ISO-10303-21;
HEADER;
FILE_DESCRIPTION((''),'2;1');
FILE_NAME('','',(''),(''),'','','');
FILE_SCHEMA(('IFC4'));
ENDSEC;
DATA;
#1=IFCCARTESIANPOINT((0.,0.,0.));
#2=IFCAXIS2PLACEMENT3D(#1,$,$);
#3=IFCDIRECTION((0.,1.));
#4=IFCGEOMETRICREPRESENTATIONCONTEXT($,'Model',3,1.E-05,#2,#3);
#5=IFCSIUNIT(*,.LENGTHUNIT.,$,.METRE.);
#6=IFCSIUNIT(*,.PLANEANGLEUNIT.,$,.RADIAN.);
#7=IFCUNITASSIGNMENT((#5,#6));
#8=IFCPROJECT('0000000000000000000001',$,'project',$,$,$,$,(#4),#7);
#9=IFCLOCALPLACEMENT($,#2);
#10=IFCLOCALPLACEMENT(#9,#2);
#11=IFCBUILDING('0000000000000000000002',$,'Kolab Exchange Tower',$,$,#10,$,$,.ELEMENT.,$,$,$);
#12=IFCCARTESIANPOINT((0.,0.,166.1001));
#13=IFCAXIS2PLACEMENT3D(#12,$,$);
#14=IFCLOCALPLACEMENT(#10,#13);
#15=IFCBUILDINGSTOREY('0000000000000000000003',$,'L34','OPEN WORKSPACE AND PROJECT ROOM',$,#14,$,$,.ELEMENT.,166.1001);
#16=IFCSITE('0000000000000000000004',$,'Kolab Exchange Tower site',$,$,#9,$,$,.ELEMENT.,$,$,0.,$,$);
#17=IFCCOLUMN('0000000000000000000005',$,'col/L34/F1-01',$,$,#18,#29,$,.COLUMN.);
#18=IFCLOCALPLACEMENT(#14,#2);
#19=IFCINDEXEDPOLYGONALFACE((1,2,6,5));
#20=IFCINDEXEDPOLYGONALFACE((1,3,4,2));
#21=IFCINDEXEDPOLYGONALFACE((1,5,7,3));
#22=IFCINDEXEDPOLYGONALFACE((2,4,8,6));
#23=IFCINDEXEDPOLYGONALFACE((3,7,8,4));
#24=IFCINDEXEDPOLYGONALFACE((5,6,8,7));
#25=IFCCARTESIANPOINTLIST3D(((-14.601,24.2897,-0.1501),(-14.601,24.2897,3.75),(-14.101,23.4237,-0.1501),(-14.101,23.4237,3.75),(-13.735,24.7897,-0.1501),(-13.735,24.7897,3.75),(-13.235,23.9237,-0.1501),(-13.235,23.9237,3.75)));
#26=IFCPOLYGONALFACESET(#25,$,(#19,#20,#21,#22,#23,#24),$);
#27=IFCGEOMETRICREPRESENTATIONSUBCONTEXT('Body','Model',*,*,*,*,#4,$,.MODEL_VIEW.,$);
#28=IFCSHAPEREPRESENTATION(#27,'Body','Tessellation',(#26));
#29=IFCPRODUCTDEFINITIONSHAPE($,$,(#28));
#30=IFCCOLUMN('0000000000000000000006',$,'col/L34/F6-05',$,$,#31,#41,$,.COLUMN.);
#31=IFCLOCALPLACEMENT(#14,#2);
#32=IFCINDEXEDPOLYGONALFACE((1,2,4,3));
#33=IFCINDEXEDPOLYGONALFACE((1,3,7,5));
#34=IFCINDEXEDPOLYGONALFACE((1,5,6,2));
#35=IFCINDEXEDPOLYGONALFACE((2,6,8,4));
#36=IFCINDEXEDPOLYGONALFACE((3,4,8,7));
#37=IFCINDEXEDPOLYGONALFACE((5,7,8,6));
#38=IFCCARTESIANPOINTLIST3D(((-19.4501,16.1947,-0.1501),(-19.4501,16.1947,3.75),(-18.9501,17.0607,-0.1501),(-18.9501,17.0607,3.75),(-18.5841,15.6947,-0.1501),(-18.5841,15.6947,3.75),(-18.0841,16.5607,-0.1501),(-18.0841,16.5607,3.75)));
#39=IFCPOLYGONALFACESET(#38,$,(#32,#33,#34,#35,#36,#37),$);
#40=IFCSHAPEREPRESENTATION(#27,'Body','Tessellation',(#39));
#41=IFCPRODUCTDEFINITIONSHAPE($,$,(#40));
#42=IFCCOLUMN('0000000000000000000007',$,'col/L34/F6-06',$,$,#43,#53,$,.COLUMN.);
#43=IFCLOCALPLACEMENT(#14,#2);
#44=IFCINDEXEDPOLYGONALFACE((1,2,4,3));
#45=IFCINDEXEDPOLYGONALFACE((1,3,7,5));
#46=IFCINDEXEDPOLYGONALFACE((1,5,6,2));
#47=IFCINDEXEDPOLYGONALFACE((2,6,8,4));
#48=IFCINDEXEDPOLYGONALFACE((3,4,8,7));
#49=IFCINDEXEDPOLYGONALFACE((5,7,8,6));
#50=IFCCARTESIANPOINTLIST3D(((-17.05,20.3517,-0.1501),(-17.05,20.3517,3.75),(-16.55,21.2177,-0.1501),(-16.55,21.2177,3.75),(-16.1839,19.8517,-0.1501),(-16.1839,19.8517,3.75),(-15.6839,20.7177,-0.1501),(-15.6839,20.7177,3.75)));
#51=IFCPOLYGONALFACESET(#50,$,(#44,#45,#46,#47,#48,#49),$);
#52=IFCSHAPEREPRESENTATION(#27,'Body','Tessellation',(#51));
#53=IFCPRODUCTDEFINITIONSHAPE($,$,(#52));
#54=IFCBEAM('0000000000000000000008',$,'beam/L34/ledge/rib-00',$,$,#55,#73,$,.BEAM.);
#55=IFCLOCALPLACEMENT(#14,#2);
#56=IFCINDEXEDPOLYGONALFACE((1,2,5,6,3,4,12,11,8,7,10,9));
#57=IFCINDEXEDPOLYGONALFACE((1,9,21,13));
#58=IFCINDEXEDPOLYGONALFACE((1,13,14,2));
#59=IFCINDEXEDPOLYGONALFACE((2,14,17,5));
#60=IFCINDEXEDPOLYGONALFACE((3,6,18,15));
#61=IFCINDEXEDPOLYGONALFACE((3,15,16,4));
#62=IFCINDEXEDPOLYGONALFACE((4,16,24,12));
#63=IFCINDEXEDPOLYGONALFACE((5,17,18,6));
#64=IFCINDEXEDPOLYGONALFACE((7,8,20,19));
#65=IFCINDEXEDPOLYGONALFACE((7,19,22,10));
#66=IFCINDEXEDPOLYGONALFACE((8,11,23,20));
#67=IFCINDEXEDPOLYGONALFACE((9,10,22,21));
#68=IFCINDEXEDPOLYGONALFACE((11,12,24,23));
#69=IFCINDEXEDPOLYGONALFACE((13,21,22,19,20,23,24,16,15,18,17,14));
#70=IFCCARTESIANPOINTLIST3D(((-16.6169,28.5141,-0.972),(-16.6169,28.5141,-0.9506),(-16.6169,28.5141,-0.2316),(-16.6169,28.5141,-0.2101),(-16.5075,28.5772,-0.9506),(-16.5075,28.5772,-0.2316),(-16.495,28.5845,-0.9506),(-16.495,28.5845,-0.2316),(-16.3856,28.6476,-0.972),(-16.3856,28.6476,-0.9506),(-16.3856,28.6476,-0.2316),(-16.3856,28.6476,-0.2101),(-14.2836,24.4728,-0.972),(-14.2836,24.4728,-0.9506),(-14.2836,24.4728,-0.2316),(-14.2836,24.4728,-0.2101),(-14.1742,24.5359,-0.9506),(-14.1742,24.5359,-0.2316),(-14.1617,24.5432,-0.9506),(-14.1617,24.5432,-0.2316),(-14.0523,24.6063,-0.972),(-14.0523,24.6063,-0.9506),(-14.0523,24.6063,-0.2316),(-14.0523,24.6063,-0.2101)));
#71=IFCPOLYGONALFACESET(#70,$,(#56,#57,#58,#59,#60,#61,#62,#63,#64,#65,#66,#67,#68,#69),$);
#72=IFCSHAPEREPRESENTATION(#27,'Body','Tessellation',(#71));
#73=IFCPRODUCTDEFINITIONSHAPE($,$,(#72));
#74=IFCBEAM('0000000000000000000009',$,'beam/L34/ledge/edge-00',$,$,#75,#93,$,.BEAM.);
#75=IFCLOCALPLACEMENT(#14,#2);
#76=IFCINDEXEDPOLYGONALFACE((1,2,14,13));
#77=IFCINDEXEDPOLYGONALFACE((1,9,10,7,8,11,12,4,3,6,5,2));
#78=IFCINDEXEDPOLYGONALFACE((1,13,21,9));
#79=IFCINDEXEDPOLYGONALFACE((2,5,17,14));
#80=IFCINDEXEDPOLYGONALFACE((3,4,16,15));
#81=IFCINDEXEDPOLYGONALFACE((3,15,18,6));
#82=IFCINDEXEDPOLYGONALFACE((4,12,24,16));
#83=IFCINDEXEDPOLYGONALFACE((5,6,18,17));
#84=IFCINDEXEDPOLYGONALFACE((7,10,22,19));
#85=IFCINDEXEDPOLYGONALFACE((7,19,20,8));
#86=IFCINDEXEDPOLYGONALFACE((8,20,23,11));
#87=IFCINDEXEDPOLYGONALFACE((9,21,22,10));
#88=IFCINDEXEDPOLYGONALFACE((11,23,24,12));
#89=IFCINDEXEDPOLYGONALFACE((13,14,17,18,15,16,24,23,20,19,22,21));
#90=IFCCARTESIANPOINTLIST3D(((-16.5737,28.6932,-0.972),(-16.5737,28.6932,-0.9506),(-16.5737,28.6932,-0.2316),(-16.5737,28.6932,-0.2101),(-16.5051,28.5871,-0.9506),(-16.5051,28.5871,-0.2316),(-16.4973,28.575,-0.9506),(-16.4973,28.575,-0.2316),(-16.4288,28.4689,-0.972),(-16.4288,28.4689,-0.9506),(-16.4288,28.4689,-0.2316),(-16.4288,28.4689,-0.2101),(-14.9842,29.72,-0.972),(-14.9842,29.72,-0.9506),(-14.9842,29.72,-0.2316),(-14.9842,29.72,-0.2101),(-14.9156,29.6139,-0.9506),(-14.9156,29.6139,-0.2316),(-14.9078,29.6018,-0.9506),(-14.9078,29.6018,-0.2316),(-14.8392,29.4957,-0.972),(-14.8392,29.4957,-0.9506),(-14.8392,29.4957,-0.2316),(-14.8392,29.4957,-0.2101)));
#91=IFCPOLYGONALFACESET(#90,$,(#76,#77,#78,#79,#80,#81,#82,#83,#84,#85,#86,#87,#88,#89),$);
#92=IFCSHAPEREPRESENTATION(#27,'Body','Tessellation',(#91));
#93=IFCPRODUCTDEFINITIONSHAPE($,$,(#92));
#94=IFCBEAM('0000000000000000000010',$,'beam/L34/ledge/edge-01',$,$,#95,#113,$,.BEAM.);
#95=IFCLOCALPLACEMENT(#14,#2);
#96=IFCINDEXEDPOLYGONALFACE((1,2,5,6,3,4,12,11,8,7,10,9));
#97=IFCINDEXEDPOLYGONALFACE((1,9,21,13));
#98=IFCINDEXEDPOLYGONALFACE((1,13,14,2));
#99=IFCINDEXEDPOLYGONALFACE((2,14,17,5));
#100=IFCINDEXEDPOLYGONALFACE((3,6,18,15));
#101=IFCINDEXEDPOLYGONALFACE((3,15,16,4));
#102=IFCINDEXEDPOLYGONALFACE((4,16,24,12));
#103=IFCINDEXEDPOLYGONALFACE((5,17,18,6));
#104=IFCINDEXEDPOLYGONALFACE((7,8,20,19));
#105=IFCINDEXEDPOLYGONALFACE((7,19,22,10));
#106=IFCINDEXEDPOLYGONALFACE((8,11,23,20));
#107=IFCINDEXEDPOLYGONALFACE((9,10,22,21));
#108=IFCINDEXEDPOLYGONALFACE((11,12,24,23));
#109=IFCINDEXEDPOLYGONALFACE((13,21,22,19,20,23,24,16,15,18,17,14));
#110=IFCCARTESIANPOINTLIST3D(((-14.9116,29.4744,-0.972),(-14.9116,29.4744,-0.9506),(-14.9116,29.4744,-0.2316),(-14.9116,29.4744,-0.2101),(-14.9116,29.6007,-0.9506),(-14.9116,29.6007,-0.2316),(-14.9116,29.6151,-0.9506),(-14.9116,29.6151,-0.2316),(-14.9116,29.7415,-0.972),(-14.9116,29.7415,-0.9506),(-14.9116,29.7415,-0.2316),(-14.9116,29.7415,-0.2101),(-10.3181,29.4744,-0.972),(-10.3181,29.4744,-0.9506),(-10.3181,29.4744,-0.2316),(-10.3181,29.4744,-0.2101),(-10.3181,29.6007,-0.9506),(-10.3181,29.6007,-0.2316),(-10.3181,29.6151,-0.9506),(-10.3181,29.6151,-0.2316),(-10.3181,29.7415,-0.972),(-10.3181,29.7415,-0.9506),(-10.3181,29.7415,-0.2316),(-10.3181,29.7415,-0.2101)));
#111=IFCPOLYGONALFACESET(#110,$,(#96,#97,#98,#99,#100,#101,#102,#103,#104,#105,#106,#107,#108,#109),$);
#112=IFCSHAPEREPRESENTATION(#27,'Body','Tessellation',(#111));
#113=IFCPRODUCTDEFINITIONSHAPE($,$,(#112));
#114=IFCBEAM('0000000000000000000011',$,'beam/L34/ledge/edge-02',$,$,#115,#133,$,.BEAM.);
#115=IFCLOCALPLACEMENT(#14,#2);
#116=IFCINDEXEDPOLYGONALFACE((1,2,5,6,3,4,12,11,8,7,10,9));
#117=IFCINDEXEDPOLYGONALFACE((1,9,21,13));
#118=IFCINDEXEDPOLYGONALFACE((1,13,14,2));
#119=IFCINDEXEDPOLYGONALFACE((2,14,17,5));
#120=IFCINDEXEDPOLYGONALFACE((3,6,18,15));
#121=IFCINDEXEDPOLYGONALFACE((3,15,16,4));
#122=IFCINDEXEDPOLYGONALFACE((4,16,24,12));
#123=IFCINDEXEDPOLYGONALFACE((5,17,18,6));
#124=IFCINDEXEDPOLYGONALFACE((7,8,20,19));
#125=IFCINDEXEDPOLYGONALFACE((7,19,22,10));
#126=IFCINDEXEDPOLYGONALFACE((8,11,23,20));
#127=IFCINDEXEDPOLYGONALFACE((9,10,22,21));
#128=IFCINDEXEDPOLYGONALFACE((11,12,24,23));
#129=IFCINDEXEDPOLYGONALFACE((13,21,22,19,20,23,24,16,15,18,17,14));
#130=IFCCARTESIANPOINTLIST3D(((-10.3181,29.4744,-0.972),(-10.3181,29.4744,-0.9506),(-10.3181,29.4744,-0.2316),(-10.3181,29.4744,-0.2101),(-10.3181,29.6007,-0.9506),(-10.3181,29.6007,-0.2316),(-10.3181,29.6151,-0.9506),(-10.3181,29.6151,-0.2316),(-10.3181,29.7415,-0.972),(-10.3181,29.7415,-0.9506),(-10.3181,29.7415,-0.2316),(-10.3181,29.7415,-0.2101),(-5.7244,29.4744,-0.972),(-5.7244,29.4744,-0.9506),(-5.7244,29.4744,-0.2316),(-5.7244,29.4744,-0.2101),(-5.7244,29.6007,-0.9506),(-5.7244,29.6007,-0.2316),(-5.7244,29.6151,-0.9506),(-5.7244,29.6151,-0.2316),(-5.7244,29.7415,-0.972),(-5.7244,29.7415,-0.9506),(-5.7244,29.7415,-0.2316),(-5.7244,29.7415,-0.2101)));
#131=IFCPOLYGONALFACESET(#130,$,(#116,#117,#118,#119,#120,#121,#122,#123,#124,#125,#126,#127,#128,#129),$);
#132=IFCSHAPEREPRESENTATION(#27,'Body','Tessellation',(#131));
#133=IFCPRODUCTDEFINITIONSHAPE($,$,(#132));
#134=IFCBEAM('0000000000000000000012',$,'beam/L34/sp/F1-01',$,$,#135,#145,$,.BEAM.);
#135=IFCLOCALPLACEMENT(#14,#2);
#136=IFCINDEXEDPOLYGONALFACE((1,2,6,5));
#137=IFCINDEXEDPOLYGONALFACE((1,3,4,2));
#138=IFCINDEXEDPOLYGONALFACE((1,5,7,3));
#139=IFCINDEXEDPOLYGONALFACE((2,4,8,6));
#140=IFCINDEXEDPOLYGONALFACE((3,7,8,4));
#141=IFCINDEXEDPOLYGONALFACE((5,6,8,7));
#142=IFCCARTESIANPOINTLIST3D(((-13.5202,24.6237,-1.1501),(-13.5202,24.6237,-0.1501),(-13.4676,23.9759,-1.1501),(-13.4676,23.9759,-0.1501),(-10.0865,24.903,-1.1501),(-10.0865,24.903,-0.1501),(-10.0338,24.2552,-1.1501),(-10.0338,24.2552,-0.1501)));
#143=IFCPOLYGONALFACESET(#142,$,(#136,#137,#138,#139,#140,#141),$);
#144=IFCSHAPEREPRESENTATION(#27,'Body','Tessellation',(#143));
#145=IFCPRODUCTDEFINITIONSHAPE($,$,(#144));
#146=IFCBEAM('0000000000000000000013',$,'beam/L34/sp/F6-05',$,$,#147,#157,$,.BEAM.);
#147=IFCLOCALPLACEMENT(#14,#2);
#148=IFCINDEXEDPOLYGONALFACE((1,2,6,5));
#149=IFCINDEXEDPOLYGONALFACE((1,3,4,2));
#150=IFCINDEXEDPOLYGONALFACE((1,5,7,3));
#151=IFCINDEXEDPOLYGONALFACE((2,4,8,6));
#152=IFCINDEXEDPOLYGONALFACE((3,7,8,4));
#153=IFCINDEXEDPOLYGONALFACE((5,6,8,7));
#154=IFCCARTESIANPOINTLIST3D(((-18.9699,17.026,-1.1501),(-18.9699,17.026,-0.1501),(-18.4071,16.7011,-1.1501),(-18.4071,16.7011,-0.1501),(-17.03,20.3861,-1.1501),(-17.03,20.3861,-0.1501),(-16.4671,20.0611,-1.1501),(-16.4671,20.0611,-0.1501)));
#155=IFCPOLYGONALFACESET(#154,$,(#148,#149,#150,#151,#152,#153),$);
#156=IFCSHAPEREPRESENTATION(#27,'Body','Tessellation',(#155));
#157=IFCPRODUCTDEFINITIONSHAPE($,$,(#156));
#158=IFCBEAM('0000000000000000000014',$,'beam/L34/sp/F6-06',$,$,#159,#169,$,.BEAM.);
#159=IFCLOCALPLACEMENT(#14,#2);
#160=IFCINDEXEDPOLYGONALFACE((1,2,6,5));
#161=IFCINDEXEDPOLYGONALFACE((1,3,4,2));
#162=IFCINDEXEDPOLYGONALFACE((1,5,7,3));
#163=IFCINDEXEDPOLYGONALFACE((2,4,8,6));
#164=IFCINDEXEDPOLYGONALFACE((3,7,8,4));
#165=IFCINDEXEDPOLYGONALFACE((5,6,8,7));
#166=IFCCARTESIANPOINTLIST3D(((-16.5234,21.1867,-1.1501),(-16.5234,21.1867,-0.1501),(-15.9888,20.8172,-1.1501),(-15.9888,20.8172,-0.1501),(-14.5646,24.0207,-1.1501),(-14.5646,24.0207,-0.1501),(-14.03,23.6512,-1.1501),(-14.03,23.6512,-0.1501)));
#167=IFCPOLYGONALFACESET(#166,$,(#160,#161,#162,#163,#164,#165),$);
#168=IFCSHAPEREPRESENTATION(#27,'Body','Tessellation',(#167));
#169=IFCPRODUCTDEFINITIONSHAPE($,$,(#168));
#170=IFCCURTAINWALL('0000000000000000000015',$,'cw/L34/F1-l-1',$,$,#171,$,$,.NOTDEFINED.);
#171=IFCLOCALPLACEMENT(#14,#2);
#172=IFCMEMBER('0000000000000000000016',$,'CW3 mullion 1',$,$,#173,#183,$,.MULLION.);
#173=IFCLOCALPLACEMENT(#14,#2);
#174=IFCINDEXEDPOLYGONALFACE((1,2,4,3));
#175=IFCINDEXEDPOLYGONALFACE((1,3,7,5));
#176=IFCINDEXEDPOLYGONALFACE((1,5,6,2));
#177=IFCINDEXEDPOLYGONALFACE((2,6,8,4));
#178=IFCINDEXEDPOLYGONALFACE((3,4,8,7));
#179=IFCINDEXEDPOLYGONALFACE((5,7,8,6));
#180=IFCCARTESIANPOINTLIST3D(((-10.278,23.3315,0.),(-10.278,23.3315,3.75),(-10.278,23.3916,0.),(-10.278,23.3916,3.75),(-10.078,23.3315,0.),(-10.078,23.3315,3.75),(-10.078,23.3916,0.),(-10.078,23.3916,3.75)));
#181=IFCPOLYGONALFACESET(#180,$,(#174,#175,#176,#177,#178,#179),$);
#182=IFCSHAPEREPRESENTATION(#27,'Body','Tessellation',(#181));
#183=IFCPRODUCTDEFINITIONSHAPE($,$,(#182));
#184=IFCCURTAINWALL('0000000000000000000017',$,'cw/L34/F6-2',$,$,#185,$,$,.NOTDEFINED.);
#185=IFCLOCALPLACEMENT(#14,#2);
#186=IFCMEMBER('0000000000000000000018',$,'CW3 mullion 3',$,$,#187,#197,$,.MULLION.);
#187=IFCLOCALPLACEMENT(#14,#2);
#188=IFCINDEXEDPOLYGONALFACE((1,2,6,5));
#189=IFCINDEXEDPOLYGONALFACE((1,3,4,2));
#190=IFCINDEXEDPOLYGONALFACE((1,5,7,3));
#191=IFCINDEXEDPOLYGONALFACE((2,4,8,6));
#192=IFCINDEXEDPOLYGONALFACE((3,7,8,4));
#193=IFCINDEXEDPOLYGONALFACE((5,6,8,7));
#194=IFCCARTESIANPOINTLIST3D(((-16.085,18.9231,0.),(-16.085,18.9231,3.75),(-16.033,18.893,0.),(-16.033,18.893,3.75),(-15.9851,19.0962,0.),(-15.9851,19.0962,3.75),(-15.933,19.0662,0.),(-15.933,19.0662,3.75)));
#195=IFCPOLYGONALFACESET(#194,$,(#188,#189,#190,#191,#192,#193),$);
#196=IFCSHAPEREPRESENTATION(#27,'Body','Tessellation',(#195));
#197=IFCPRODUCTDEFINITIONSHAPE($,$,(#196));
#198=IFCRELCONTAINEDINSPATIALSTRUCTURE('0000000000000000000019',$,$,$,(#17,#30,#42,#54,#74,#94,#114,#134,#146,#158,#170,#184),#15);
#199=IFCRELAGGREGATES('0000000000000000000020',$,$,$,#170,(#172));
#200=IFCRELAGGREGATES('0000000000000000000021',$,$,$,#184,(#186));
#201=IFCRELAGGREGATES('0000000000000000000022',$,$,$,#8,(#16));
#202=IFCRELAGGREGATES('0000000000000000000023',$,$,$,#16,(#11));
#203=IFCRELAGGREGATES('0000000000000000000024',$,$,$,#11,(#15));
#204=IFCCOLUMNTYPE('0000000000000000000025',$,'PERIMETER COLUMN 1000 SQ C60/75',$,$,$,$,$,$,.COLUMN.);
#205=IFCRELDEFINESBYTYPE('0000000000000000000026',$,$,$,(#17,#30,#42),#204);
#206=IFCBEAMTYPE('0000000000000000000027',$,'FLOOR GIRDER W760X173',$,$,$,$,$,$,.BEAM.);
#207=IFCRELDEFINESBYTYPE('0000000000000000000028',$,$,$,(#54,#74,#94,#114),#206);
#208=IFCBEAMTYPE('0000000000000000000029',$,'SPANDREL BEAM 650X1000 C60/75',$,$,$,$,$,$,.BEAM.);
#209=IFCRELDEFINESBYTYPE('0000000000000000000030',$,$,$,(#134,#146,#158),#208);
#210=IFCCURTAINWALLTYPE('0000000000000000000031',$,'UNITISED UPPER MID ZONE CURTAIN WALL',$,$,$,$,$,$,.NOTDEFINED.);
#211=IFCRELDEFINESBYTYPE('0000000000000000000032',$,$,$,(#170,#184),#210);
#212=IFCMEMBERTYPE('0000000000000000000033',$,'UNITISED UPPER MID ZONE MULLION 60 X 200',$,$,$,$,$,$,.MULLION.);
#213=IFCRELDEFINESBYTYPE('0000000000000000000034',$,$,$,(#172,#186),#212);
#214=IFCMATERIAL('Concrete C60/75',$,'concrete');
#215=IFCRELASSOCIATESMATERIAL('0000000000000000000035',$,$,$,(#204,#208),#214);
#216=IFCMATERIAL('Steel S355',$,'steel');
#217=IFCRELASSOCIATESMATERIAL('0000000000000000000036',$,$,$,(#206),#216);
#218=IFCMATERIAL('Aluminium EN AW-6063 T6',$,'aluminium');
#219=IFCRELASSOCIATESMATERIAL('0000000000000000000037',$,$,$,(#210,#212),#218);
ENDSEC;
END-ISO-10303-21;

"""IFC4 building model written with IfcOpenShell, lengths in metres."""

from ifc_helpers import new_model, si_unit, direction, frame, origin, origin_2d, place, context, subcontext, project, spatial, rectangle, i_section, extrude, material, material_profile, profile_set, type_object, element, aggregate, save


model = new_model("IFC4")

# Units and contexts
model_context = context("Model", 3, precision=1e-05, world=origin(), true_north=direction((0.0, 1.0)))
body_context = subcontext(model_context, "Body", "Model", "MODEL_VIEW")
ifc_project = project(units=[si_unit("LENGTHUNIT", "METRE"), si_unit("PLANEANGLEUNIT", "RADIAN")], contexts=[model_context])

# Site, building, storey
site_placement = place(None, origin())
site = spatial("IfcSite", under=ifc_project, at=site_placement, Name="Kolab Exchange Tower site", CompositionType="ELEMENT", RefElevation=0.0)
building_placement = place(site_placement, origin())
building = spatial("IfcBuilding", under=site, at=building_placement, Name="Kolab Exchange Tower", CompositionType="ELEMENT")
storey_placement = place(building_placement, frame((0.0, 0.0, 166.1001)))
storey = spatial("IfcBuildingStorey", under=building, at=storey_placement, Name="L34", Description="OPEN WORKSPACE AND PROJECT ROOM", CompositionType="ELEMENT", Elevation=166.1001)

# Columns
ifc_material_1 = material(Name="Concrete C60/75", Category="concrete")
ifc_material_profile_1 = material_profile(ifc_material_1, rectangle(XDim=1.0, YDim=1.0, at=origin_2d()), Name="RC1000")
ifc_profile_set_1 = profile_set([ifc_material_profile_1], Name="Concrete C60/75")
column_type = type_object("IfcColumnType", Name="PERIMETER COLUMN 1000 SQ C60/75", PredefinedType="COLUMN", material=ifc_profile_set_1)
for number, where, z_axis, x_axis, name in (
    (1, (-13.918, 24.1067, -0.1501), (0.0, 0.0, 1.0), (0.866025, 0.5, 0.0), "col/L34/F1-01"),
    (2, (-18.7671, 16.3777, -0.1501), (0.0, 0.0, 1.0), (0.5, 0.866025, 0.0), "col/L34/F6-05"),
    (3, (-16.3669, 20.5347, -0.1501), (0.0, 0.0, 1.0), (0.5, 0.866025, 0.0), "col/L34/F6-06"),
):
    element("IfcColumn", number, at=place(storey_placement, frame(where, z_axis=z_axis, x_axis=x_axis)), inside=storey, type_object=column_type, Name=name, PredefinedType="COLUMN", context=body_context, shape_type="SweptSolid", body=[
        extrude(rectangle(XDim=1.0, YDim=1.0, at=origin_2d()), origin(), (0.0, 0.0, 1.0), 3.9001),
    ])

# Beams
ifc_material_2 = material(Name="Steel S355", Category="steel")
ifc_material_profile_2 = material_profile(ifc_material_2, i_section(OverallWidth=0.2671, OverallDepth=0.762, WebThickness=0.0144, FlangeThickness=0.0215, at=origin_2d()), Name="W760X173")
ifc_profile_set_2 = profile_set([ifc_material_profile_2], Name="Steel S355")
beam_type_1 = type_object("IfcBeamType", Name="FLOOR GIRDER W760X173", PredefinedType="BEAM", material=ifc_profile_set_2)
beam_1_placement = place(storey_placement, frame((-14.168, 24.5396, -0.5911), z_axis=(-0.500005, 0.866023, 0.0), x_axis=(-0.866023, -0.500005, 0.0)))
element("IfcBeam", 4, at=beam_1_placement, inside=storey, type_object=beam_type_1, Name="beam/L34/ledge/rib-00", PredefinedType="BEAM", context=body_context, shape_type="SweptSolid", body=[
    extrude(i_section(OverallWidth=0.2671, OverallDepth=0.762, WebThickness=0.0144, FlangeThickness=0.0215, at=origin_2d()), origin(), (0.0, 0.0, 1.0), 4.6665),
])
beam_2_placement = place(storey_placement, frame((-16.5012, 28.5811, -0.5911), z_axis=(0.839982, 0.542615, 0.0), x_axis=(-0.542615, 0.839982, 0.0)))
element("IfcBeam", 5, at=beam_2_placement, inside=storey, type_object=beam_type_1, Name="beam/L34/ledge/edge-00", PredefinedType="BEAM", context=body_context, shape_type="SweptSolid", body=[
    extrude(i_section(OverallWidth=0.2671, OverallDepth=0.762, WebThickness=0.0144, FlangeThickness=0.0215, at=origin_2d()), origin(), (0.0, 0.0, 1.0), 1.8923),
])
beam_3_placement = place(storey_placement, frame((-14.9116, 29.6079, -0.5911), z_axis=(1.0, 0.0, 0.0), x_axis=(0.0, 1.0, 0.0)))
element("IfcBeam", 6, at=beam_3_placement, inside=storey, type_object=beam_type_1, Name="beam/L34/ledge/edge-01", PredefinedType="BEAM", context=body_context, shape_type="SweptSolid", body=[
    extrude(i_section(OverallWidth=0.2671, OverallDepth=0.762, WebThickness=0.0144, FlangeThickness=0.0215, at=origin_2d()), origin(), (0.0, 0.0, 1.0), 4.5935),
])
beam_4_placement = place(storey_placement, frame((-10.3181, 29.6079, -0.5911), z_axis=(1.0, 0.0, 0.0), x_axis=(0.0, 1.0, 0.0)))
element("IfcBeam", 7, at=beam_4_placement, inside=storey, type_object=beam_type_1, Name="beam/L34/ledge/edge-02", PredefinedType="BEAM", context=body_context, shape_type="SweptSolid", body=[
    extrude(i_section(OverallWidth=0.2671, OverallDepth=0.762, WebThickness=0.0144, FlangeThickness=0.0215, at=origin_2d()), origin(), (0.0, 0.0, 1.0), 4.5938),
])
ifc_material_profile_3 = material_profile(ifc_material_1, rectangle(XDim=0.6499, YDim=1.0, at=origin_2d()), Name="RC650X1000")
ifc_profile_set_3 = profile_set([ifc_material_profile_3], Name="Concrete C60/75")
beam_type_2 = type_object("IfcBeamType", Name="SPANDREL BEAM 650X1000 C60/75", PredefinedType="BEAM", material=ifc_profile_set_3)
beam_5_placement = place(storey_placement, frame((-13.4939, 24.2998, -0.6501), z_axis=(0.996708, 0.081069, 0.0), x_axis=(-0.081069, 0.996708, 0.0)))
element("IfcBeam", 8, at=beam_5_placement, inside=storey, type_object=beam_type_2, Name="beam/L34/sp/F1-01", PredefinedType="BEAM", context=body_context, shape_type="SweptSolid", body=[
    extrude(rectangle(XDim=0.6499, YDim=1.0, at=origin_2d()), origin(), (0.0, 0.0, 1.0), 3.4451),
])
beam_6_placement = place(storey_placement, frame((-18.6885, 16.8635, -0.6501), z_axis=(0.499997, 0.866027, 0.0), x_axis=(-0.866027, 0.499997, 0.0)))
element("IfcBeam", 9, at=beam_6_placement, inside=storey, type_object=beam_type_2, Name="beam/L34/sp/F6-05", PredefinedType="BEAM", context=body_context, shape_type="SweptSolid", body=[
    extrude(rectangle(XDim=0.6499, YDim=1.0, at=origin_2d()), origin(), (0.0, 0.0, 1.0), 3.8799),
])
beam_7_placement = place(storey_placement, frame((-16.2561, 21.002, -0.6501), z_axis=(0.568572, 0.822633, 0.0), x_axis=(-0.822633, 0.568572, 0.0)))
element("IfcBeam", 10, at=beam_7_placement, inside=storey, type_object=beam_type_2, Name="beam/L34/sp/F6-06", PredefinedType="BEAM", context=body_context, shape_type="SweptSolid", body=[
    extrude(rectangle(XDim=0.6499, YDim=1.0, at=origin_2d()), origin(), (0.0, 0.0, 1.0), 3.4451),
])

# Curtain wall, member
ifc_material_3 = material(Name="Aluminium EN AW-6063 T6", Category="aluminium")
curtain_wall_type = type_object("IfcCurtainWallType", Name="UNITISED UPPER MID ZONE CURTAIN WALL", PredefinedType="NOTDEFINED", material=ifc_material_3)
curtain_wall_1_placement = place(storey_placement, origin())
curtain_wall_1 = element("IfcCurtainWall", 11, at=curtain_wall_1_placement, inside=storey, type_object=curtain_wall_type, Name="cw/L34/F1-l-1", PredefinedType="NOTDEFINED")
ifc_material_profile_4 = material_profile(ifc_material_3, rectangle(XDim=0.0601, YDim=0.2, at=origin_2d()), Name="RECT 60X200")
ifc_profile_set_4 = profile_set([ifc_material_profile_4], Name="Aluminium EN AW-6063 T6")
member_type_1 = type_object("IfcMemberType", Name="UNITISED UPPER MID ZONE MULLION 60 X 200", PredefinedType="MULLION", material=ifc_profile_set_4)
member_1_placement = place(storey_placement, frame((-10.178, 23.3616, 0.0), z_axis=(0.0, 0.0, 1.0), x_axis=(0.0, 1.0, 0.0)))
member_1 = element("IfcMember", 12, at=member_1_placement, type_object=member_type_1, Name="CW3 mullion 1", PredefinedType="MULLION", context=body_context, shape_type="SweptSolid", body=[
    extrude(rectangle(XDim=0.0601, YDim=0.2, at=origin_2d()), origin(), (0.0, 0.0, 1.0), 3.75),
])

# Curtain wall, member
curtain_wall_2_placement = place(storey_placement, origin())
curtain_wall_2 = element("IfcCurtainWall", 13, at=curtain_wall_2_placement, inside=storey, type_object=curtain_wall_type, Name="cw/L34/F6-2", PredefinedType="NOTDEFINED")
member_2_placement = place(storey_placement, frame((-16.009, 18.9946, 0.0), z_axis=(0.0, 0.0, 1.0), x_axis=(-0.866025, 0.5, 0.0)))
member_2 = element("IfcMember", 14, at=member_2_placement, type_object=member_type_1, Name="CW3 mullion 3", PredefinedType="MULLION", context=body_context, shape_type="SweptSolid", body=[
    extrude(rectangle(XDim=0.0601, YDim=0.2, at=origin_2d()), origin(), (0.0, 0.0, 1.0), 3.75),
])

aggregate(curtain_wall_1, [member_1])
aggregate(curtain_wall_2, [member_2])

save(model, "model.ifc")
